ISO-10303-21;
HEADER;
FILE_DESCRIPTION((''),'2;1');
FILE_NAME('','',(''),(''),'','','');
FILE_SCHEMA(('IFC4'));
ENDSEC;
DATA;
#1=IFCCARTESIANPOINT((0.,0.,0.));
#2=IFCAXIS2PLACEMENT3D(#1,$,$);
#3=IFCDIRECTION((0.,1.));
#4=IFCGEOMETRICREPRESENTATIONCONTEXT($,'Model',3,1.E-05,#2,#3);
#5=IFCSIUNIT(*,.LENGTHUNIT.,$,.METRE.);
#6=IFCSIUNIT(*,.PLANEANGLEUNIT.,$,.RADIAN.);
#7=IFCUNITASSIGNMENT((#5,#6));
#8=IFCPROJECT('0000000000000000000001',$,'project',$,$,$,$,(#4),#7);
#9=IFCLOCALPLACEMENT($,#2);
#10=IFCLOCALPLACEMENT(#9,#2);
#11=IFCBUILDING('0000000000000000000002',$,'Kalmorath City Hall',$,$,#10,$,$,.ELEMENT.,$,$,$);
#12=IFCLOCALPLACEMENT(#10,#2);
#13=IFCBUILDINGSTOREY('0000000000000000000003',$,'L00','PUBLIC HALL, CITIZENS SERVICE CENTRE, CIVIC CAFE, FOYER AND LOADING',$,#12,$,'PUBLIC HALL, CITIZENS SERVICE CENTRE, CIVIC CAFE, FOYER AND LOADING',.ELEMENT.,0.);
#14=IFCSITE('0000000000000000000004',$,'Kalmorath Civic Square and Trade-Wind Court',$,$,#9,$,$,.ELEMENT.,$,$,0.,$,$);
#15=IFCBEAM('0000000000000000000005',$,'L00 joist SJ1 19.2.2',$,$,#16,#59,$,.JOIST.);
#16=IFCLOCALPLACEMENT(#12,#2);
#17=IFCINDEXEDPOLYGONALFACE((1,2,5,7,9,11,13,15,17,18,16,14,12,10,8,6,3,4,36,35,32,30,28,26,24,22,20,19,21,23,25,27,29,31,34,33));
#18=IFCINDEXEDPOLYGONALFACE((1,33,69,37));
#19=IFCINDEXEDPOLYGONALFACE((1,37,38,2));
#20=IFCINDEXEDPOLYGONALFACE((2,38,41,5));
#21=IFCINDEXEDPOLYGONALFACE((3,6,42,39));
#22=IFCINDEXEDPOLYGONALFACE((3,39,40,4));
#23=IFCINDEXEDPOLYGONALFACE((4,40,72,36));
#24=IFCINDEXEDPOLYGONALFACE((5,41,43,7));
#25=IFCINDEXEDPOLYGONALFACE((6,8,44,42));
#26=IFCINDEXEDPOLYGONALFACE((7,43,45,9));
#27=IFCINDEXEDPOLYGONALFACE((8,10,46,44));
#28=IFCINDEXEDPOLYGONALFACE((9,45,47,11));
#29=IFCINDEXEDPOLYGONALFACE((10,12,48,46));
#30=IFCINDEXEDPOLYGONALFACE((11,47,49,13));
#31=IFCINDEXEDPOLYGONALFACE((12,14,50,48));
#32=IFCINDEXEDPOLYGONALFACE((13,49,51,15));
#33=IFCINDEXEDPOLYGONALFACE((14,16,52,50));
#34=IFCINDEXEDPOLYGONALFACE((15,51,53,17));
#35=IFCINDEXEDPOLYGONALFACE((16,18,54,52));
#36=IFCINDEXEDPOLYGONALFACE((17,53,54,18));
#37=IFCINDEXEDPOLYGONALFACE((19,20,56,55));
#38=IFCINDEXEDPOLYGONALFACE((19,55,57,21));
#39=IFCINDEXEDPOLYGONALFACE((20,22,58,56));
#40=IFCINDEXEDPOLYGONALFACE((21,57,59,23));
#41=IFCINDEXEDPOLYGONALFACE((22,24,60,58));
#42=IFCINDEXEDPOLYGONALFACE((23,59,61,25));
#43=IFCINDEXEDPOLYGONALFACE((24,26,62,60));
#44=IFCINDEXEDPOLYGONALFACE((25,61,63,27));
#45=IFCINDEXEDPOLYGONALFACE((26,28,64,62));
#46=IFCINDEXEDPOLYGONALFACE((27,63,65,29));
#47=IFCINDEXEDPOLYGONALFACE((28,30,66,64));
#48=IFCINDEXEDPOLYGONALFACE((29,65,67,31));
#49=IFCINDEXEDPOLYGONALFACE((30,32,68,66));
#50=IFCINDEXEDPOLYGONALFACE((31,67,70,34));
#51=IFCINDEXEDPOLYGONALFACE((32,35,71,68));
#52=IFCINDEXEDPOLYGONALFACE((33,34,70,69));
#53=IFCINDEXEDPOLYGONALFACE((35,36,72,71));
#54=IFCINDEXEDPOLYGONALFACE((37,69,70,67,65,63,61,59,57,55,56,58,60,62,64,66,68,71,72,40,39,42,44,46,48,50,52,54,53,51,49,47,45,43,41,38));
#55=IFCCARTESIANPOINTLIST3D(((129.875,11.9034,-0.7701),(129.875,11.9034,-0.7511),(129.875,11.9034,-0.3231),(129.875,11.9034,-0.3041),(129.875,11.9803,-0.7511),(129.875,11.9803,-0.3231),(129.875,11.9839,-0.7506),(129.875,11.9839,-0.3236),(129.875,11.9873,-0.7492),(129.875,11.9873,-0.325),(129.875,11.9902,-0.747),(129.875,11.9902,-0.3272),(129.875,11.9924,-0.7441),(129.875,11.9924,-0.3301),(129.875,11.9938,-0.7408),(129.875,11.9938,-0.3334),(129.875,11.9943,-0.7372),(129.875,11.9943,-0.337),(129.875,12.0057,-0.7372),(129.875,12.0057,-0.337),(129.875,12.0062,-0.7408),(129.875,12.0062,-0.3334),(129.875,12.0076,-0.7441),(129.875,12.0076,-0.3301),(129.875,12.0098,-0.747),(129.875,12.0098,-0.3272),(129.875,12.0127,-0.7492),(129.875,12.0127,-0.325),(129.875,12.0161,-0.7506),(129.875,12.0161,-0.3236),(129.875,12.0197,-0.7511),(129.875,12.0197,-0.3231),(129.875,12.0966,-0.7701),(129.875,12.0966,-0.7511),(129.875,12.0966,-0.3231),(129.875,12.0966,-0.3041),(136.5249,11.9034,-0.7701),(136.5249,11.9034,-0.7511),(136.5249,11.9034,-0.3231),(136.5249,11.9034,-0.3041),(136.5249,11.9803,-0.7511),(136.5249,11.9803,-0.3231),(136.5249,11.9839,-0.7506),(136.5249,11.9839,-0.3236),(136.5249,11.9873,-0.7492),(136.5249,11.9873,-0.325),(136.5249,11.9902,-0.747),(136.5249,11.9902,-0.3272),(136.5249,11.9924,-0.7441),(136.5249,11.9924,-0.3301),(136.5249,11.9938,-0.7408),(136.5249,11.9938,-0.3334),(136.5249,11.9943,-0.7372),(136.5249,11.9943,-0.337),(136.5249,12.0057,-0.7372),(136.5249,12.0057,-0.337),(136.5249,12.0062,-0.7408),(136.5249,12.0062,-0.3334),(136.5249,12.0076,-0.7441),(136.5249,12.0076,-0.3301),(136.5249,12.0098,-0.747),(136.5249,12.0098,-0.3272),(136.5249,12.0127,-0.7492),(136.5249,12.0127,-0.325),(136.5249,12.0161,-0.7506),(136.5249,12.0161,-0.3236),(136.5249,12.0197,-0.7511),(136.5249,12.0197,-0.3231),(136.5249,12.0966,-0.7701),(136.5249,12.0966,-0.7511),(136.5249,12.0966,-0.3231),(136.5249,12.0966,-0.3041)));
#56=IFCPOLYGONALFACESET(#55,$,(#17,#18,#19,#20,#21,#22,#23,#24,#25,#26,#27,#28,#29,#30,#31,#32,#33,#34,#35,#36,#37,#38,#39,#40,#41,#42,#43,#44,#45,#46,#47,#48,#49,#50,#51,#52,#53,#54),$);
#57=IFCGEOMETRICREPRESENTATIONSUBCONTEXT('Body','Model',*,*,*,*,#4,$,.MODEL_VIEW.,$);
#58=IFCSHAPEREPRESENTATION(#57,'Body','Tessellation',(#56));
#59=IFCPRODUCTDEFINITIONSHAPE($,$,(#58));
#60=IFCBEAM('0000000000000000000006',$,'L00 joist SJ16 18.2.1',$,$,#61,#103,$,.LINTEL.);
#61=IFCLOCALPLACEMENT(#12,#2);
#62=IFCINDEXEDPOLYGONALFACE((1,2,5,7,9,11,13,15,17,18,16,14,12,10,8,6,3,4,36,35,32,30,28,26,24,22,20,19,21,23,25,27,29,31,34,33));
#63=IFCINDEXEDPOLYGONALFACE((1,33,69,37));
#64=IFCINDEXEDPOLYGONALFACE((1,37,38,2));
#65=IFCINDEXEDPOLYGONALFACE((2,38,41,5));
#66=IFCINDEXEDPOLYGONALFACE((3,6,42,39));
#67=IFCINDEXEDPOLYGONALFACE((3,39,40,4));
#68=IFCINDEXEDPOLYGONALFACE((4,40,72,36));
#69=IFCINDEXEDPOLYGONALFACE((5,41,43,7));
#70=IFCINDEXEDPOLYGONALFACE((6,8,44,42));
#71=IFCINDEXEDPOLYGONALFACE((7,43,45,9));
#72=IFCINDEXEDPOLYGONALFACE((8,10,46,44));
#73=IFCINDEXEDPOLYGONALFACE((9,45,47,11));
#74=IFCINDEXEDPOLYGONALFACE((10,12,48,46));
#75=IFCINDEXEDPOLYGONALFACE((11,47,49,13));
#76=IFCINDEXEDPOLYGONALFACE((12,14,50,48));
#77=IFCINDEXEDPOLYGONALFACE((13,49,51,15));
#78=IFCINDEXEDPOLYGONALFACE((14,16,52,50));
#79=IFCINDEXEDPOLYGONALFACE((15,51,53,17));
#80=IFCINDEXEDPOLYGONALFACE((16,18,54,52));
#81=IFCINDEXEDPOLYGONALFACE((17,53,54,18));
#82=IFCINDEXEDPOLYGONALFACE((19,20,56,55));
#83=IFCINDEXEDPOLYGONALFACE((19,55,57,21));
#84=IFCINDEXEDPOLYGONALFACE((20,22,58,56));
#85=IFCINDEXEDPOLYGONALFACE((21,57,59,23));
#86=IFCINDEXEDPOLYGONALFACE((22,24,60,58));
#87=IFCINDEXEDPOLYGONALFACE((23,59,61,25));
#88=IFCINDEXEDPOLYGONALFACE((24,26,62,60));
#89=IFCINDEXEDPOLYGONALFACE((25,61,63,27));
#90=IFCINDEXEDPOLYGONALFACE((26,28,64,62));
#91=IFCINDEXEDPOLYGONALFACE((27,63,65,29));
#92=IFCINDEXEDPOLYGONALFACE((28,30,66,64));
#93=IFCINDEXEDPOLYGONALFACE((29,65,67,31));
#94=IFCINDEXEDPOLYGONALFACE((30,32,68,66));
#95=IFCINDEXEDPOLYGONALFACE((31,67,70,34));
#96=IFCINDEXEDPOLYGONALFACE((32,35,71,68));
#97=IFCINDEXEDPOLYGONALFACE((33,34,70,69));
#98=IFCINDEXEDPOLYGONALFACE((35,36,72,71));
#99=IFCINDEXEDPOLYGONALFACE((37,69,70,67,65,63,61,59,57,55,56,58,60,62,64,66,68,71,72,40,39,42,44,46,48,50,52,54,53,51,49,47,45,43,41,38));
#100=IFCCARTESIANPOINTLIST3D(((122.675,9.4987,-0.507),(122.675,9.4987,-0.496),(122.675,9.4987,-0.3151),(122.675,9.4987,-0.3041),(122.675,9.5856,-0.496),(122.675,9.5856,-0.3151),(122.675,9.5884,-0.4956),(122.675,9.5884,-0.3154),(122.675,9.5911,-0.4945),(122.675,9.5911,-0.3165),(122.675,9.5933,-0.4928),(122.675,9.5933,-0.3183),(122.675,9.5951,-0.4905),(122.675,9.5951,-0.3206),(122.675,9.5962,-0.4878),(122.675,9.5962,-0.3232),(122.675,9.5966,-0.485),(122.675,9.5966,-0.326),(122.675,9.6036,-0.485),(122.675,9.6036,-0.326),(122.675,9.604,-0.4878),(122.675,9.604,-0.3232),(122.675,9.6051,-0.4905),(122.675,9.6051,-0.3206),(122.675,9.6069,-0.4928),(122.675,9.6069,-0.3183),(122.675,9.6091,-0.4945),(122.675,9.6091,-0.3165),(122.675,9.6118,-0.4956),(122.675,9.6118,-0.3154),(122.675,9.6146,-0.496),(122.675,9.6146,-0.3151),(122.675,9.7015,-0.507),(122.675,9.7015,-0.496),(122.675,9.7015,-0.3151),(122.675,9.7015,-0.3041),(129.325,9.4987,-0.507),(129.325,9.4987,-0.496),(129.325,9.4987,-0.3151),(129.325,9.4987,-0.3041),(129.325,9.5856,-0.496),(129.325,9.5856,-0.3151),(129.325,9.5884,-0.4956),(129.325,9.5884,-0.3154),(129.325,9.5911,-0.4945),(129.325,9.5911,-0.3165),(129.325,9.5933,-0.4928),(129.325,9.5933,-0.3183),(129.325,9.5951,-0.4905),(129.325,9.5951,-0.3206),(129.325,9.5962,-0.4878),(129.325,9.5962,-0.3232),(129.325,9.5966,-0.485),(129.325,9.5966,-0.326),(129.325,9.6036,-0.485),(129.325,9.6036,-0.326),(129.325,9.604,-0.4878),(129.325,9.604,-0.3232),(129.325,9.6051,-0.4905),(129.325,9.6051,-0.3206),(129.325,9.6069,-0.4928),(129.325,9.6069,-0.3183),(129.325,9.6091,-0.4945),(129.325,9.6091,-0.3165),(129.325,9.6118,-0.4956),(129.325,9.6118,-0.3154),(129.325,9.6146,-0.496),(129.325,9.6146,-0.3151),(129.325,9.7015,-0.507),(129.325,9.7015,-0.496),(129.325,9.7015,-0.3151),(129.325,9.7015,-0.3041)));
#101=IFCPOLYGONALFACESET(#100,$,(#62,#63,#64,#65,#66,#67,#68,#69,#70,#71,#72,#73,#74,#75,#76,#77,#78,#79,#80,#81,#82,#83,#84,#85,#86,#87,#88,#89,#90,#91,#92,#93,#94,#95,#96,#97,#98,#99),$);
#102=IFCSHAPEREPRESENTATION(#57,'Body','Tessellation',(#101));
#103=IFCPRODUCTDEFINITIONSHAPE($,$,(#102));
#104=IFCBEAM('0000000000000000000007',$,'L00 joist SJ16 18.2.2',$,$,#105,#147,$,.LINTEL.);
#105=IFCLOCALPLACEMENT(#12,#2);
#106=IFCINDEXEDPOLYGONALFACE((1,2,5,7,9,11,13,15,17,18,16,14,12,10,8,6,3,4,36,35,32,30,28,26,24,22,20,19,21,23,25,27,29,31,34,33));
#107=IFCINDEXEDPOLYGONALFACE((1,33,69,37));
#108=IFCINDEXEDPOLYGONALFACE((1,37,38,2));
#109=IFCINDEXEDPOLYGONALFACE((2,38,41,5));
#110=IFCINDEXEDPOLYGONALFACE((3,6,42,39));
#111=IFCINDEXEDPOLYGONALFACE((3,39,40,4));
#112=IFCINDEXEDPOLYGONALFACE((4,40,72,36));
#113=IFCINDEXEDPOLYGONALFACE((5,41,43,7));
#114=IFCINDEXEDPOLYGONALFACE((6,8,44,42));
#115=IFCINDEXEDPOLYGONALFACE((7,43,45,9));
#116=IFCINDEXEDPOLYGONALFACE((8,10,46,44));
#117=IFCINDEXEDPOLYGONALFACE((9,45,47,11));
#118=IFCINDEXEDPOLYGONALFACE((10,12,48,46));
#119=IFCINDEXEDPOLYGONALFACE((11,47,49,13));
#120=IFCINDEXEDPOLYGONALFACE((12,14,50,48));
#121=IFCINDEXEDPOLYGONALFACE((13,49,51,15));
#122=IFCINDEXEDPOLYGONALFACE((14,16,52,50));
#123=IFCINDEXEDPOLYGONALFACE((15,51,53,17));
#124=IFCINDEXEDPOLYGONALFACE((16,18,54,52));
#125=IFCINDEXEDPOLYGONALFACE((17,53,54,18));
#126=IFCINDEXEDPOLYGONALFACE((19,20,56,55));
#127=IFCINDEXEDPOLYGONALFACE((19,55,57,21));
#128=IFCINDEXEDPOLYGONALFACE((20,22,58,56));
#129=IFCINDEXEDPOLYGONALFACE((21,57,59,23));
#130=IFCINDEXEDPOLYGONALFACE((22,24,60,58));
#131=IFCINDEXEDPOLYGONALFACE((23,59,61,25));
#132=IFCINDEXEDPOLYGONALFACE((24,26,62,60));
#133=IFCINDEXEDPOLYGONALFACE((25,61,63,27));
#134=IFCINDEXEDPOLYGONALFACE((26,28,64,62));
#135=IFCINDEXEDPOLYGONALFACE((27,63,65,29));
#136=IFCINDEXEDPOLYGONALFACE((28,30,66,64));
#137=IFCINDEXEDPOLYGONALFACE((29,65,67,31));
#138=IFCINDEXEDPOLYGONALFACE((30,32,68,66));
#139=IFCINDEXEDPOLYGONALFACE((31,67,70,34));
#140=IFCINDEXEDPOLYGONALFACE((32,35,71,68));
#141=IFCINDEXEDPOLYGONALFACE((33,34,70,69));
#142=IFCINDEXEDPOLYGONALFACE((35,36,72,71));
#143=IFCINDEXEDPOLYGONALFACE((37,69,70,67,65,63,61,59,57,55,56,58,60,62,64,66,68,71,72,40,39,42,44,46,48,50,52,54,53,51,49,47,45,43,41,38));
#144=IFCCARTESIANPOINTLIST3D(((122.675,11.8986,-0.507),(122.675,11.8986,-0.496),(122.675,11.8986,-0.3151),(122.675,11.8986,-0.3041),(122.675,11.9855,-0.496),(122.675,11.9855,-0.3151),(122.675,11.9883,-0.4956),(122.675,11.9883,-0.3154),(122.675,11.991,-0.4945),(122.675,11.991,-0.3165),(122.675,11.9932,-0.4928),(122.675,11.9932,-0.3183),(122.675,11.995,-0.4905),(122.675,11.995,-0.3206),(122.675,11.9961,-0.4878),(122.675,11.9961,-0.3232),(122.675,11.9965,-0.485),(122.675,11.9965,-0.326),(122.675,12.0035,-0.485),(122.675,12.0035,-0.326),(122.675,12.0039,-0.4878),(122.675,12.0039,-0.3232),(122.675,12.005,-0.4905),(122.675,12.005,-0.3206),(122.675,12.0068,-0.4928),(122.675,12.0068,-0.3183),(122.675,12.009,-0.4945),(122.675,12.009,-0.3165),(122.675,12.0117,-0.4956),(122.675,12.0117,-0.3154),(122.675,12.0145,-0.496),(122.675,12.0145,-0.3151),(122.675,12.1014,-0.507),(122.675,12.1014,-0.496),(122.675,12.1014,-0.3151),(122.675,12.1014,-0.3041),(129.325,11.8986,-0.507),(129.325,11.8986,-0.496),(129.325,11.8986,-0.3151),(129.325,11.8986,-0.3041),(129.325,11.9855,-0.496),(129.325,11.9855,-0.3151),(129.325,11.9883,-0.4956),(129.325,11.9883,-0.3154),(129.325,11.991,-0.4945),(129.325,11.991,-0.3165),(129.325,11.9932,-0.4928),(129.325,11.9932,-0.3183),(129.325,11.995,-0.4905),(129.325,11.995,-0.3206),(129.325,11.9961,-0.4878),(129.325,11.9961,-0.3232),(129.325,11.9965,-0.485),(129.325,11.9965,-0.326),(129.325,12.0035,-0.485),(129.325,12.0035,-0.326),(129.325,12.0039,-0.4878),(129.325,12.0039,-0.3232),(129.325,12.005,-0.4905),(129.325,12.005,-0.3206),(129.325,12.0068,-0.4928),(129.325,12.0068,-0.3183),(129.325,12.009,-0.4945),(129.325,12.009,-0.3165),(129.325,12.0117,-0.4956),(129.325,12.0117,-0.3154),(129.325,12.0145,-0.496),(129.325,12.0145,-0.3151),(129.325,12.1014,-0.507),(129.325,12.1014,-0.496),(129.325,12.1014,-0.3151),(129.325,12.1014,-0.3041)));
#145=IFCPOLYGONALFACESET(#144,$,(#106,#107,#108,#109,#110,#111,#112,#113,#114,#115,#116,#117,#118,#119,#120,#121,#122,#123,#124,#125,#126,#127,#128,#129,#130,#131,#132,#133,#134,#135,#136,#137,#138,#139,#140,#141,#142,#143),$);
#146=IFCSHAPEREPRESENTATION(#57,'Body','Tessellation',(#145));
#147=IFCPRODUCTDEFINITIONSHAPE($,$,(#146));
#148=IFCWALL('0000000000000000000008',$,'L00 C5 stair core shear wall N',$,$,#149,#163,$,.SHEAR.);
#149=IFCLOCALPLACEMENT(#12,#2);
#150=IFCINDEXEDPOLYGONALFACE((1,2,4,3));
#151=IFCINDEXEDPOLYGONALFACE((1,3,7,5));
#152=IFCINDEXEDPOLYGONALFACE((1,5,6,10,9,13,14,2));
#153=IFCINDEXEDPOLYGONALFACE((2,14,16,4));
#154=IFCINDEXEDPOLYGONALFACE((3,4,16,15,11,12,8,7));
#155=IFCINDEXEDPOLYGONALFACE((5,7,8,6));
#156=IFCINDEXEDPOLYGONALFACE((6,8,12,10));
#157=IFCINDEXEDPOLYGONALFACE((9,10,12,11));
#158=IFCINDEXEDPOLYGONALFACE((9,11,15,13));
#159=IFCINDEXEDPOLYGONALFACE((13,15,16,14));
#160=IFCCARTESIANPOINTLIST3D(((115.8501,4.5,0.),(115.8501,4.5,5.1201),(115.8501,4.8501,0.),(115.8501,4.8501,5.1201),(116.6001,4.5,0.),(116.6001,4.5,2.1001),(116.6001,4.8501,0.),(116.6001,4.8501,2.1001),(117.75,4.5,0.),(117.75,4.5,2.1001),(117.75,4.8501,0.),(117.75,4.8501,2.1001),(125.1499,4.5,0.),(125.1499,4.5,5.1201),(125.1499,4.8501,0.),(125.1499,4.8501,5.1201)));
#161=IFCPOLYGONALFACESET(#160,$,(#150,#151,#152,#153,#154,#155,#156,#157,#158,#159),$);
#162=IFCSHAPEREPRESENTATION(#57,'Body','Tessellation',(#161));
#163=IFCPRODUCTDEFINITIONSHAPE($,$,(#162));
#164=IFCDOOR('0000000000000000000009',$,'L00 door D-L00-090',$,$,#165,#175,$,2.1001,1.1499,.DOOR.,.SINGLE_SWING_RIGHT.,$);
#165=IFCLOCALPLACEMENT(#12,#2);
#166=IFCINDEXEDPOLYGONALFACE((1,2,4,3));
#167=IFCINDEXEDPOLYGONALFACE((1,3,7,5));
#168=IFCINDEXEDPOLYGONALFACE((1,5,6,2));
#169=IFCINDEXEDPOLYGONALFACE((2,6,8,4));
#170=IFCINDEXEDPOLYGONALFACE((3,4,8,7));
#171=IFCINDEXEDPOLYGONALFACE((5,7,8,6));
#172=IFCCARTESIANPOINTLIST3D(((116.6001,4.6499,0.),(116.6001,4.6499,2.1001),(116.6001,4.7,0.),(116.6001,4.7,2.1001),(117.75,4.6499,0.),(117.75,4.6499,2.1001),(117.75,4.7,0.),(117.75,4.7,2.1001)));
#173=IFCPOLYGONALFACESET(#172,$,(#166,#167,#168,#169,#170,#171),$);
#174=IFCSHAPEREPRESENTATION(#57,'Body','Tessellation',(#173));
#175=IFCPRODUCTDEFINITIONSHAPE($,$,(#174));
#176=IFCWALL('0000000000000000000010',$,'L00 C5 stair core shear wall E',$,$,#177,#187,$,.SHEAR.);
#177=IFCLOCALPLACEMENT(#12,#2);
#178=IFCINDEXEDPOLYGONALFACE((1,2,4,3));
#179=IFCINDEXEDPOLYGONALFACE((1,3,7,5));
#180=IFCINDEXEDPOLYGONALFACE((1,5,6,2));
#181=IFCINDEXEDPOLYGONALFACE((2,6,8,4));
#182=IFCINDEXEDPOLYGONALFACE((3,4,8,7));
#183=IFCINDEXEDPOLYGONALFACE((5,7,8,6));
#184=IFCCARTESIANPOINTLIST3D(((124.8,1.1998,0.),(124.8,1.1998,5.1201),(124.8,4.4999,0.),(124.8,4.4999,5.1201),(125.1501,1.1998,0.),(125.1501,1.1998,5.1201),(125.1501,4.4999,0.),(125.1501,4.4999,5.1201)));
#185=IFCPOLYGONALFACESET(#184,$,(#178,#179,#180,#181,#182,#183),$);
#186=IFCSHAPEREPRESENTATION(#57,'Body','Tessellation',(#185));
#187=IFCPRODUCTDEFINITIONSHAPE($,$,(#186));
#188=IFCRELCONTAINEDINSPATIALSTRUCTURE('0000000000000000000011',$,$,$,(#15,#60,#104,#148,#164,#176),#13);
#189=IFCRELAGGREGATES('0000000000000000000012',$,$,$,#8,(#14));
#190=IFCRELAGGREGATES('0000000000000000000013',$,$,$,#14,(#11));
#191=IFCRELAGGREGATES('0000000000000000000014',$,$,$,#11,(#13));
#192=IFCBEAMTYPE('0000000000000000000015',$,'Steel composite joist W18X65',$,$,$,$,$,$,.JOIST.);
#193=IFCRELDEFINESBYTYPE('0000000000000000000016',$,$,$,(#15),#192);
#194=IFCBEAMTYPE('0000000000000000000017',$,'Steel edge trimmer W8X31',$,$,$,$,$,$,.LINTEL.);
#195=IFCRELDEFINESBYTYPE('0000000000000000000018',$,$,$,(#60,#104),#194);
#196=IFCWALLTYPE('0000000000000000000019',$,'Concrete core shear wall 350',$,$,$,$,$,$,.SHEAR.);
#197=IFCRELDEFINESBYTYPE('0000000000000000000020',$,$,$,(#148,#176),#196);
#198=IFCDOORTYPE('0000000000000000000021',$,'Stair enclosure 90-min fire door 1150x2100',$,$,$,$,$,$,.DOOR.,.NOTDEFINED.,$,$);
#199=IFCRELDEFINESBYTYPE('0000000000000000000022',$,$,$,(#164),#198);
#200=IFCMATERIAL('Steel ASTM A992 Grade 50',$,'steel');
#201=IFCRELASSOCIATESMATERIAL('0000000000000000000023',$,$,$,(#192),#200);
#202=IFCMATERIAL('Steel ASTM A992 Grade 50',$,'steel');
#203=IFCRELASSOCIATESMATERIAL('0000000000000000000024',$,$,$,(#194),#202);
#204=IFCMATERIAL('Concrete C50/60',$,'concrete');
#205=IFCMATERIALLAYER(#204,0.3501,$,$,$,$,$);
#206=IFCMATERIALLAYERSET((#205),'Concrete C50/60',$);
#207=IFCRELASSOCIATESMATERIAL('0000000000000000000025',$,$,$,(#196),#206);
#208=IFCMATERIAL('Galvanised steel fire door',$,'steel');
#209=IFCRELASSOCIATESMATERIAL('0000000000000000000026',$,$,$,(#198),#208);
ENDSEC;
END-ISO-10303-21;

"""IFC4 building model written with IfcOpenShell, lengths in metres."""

from ifc_helpers import new_model, si_unit, direction, frame, frame_2d, origin, origin_2d, place, context, subcontext, project, spatial, rectangle, i_section, extrude, material, layer, layer_set, material_profile, profile_set, type_object, element, fill, save


model = new_model("IFC4")

# Units and contexts
model_context = context("Model", 3, precision=1e-05, world=origin(), true_north=direction((0.0, 1.0)))
body_context = subcontext(model_context, "Body", "Model", "MODEL_VIEW")
ifc_project = project(units=[si_unit("LENGTHUNIT", "METRE"), si_unit("PLANEANGLEUNIT", "RADIAN")], contexts=[model_context])

# Site, building, storey
site_placement = place(None, origin())
site = spatial("IfcSite", under=ifc_project, at=site_placement, Name="Kalmorath Civic Square and Trade-Wind Court", CompositionType="ELEMENT", RefElevation=0.0)
building_placement = place(site_placement, origin())
building = spatial("IfcBuilding", under=site, at=building_placement, Name="Kalmorath City Hall", CompositionType="ELEMENT")
storey_placement = place(building_placement, origin())
storey = spatial("IfcBuildingStorey", under=building, at=storey_placement, Name="L00", Description="PUBLIC HALL, CITIZENS SERVICE CENTRE, CIVIC CAFE, FOYER AND LOADING", LongName="PUBLIC HALL, CITIZENS SERVICE CENTRE, CIVIC CAFE, FOYER AND LOADING", CompositionType="ELEMENT", Elevation=0.0)

# Beams
ifc_material_1 = material(Name="Steel ASTM A992 Grade 50", Category="steel")
ifc_material_profile_1 = material_profile(ifc_material_1, i_section(OverallWidth=0.1931, OverallDepth=0.4661, WebThickness=0.0115, FlangeThickness=0.019, FilletRadius=0.0139, at=origin_2d()), Name="W18X65")
ifc_profile_set_1 = profile_set([ifc_material_profile_1], Name="Steel ASTM A992 Grade 50")
beam_type_1 = type_object("IfcBeamType", Name="Steel composite joist W18X65", PredefinedType="JOIST", material=ifc_profile_set_1)
for number, where, z_axis, x_axis, name in (
    (1, (129.875, 12.0, -0.5371), (1.0, 0.0, 0.0), (0.0, 1.0, 0.0), "L00 joist SJ1 19.2.2"),
):
    element("IfcBeam", number, at=place(storey_placement, frame(where, z_axis=z_axis, x_axis=x_axis)), inside=storey, type_object=beam_type_1, Name=name, PredefinedType="JOIST", context=body_context, shape_type="SweptSolid", body=[
        extrude(i_section(OverallWidth=0.1931, OverallDepth=0.4661, WebThickness=0.0115, FlangeThickness=0.019, FilletRadius=0.0139, at=origin_2d()), origin(), (0.0, 0.0, 1.0), 6.6499),
    ])
ifc_material_2 = material(Name="Steel ASTM A992 Grade 50", Category="steel")
ifc_material_profile_2 = material_profile(ifc_material_2, i_section(OverallWidth=0.2029, OverallDepth=0.2029, WebThickness=0.0071, FlangeThickness=0.011, FilletRadius=0.011, at=origin_2d()), Name="W8X31")
ifc_profile_set_2 = profile_set([ifc_material_profile_2], Name="Steel ASTM A992 Grade 50")
beam_type_2 = type_object("IfcBeamType", Name="Steel edge trimmer W8X31", PredefinedType="LINTEL", material=ifc_profile_set_2)
for number, where, z_axis, x_axis, name in (
    (2, (122.675, 9.6001, -0.4055), (1.0, 0.0, 0.0), (0.0, 1.0, 0.0), "L00 joist SJ16 18.2.1"),
    (3, (122.675, 12.0, -0.4055), (1.0, 0.0, 0.0), (0.0, 1.0, 0.0), "L00 joist SJ16 18.2.2"),
):
    element("IfcBeam", number, at=place(storey_placement, frame(where, z_axis=z_axis, x_axis=x_axis)), inside=storey, type_object=beam_type_2, Name=name, PredefinedType="LINTEL", context=body_context, shape_type="SweptSolid", body=[
        extrude(i_section(OverallWidth=0.2029, OverallDepth=0.2029, WebThickness=0.0071, FlangeThickness=0.011, FilletRadius=0.011, at=origin_2d()), origin(), (0.0, 0.0, 1.0), 6.6499),
    ])

# Wall, opening, door
ifc_material_3 = material(Name="Concrete C50/60", Category="concrete")
ifc_layer_1 = layer(ifc_material_3, 0.3501)
ifc_layer_set_1 = layer_set([ifc_layer_1], Name="Concrete C50/60")
wall_type_1 = type_object("IfcWallType", Name="Concrete core shear wall 350", PredefinedType="SHEAR", material=ifc_layer_set_1)
wall_1_placement = place(storey_placement, frame((125.1499, 4.675, 0.0), z_axis=(0.0, 0.0, 1.0), x_axis=(-1.0, 0.0, 0.0)))
wall_1 = element("IfcWall", 4, at=wall_1_placement, inside=storey, type_object=wall_type_1, Name="L00 C5 stair core shear wall N", PredefinedType="SHEAR", context=body_context, shape_type="SweptSolid", body=[
    extrude(rectangle(XDim=9.2998, YDim=0.3501, at=frame_2d((4.6499, 0.0))), origin(), (0.0, 0.0, 1.0), 5.1201),
])
opening_1_placement = place(wall_1_placement, frame((7.3999, 0.0, 0.0)))
opening_1 = element("IfcOpeningElement", 5, at=opening_1_placement, cuts=wall_1, PredefinedType="OPENING", context=body_context, shape_type="SweptSolid", body=[
    extrude(rectangle(XDim=1.1499, YDim=2.1001, at=frame_2d((0.575, 1.05))), frame((0.0, 0.1851, 0.0), z_axis=(0.0, -1.0, 0.0), x_axis=(1.0, 0.0, 0.0)), (0.0, 0.0, 1.0), 0.3701),
])
ifc_material_4 = material(Name="Galvanised steel fire door", Category="steel")
door_type_1 = type_object("IfcDoorType", Name="Stair enclosure 90-min fire door 1150x2100", OperationType="NOTDEFINED", PredefinedType="DOOR", material=ifc_material_4)
door_1_placement = place(opening_1_placement, frame((1.1499, 0.0, 0.0), z_axis=(0.0, 0.0, 1.0), x_axis=(-1.0, 0.0, 0.0)))
door_1 = element("IfcDoor", 6, at=door_1_placement, inside=storey, type_object=door_type_1, Name="L00 door D-L00-090", OperationType="SINGLE_SWING_RIGHT", OverallHeight=2.1001, OverallWidth=1.1499, PredefinedType="DOOR", context=body_context, shape_type="SweptSolid", body=[
    extrude(rectangle(XDim=1.1499, YDim=2.1001, at=frame_2d((0.575, 1.05))), frame((0.0, 0.0249, 0.0), z_axis=(0.0, -1.0, 0.0), x_axis=(1.0, 0.0, 0.0)), (0.0, 0.0, 1.0), 0.05),
])
fill(opening_1, door_1)

# Wall
wall_2_placement = place(storey_placement, frame((124.9751, 1.2, 0.0), z_axis=(0.0, 0.0, 1.0), x_axis=(0.0, 1.0, 0.0)))
element("IfcWall", 7, at=wall_2_placement, inside=storey, type_object=wall_type_1, Name="L00 C5 stair core shear wall E", PredefinedType="SHEAR", context=body_context, shape_type="SweptSolid", body=[
    extrude(rectangle(XDim=3.3, YDim=0.3501, at=frame_2d((1.6499, 0.0))), origin(), (0.0, 0.0, 1.0), 5.1201),
])

save(model, "model.ifc")
